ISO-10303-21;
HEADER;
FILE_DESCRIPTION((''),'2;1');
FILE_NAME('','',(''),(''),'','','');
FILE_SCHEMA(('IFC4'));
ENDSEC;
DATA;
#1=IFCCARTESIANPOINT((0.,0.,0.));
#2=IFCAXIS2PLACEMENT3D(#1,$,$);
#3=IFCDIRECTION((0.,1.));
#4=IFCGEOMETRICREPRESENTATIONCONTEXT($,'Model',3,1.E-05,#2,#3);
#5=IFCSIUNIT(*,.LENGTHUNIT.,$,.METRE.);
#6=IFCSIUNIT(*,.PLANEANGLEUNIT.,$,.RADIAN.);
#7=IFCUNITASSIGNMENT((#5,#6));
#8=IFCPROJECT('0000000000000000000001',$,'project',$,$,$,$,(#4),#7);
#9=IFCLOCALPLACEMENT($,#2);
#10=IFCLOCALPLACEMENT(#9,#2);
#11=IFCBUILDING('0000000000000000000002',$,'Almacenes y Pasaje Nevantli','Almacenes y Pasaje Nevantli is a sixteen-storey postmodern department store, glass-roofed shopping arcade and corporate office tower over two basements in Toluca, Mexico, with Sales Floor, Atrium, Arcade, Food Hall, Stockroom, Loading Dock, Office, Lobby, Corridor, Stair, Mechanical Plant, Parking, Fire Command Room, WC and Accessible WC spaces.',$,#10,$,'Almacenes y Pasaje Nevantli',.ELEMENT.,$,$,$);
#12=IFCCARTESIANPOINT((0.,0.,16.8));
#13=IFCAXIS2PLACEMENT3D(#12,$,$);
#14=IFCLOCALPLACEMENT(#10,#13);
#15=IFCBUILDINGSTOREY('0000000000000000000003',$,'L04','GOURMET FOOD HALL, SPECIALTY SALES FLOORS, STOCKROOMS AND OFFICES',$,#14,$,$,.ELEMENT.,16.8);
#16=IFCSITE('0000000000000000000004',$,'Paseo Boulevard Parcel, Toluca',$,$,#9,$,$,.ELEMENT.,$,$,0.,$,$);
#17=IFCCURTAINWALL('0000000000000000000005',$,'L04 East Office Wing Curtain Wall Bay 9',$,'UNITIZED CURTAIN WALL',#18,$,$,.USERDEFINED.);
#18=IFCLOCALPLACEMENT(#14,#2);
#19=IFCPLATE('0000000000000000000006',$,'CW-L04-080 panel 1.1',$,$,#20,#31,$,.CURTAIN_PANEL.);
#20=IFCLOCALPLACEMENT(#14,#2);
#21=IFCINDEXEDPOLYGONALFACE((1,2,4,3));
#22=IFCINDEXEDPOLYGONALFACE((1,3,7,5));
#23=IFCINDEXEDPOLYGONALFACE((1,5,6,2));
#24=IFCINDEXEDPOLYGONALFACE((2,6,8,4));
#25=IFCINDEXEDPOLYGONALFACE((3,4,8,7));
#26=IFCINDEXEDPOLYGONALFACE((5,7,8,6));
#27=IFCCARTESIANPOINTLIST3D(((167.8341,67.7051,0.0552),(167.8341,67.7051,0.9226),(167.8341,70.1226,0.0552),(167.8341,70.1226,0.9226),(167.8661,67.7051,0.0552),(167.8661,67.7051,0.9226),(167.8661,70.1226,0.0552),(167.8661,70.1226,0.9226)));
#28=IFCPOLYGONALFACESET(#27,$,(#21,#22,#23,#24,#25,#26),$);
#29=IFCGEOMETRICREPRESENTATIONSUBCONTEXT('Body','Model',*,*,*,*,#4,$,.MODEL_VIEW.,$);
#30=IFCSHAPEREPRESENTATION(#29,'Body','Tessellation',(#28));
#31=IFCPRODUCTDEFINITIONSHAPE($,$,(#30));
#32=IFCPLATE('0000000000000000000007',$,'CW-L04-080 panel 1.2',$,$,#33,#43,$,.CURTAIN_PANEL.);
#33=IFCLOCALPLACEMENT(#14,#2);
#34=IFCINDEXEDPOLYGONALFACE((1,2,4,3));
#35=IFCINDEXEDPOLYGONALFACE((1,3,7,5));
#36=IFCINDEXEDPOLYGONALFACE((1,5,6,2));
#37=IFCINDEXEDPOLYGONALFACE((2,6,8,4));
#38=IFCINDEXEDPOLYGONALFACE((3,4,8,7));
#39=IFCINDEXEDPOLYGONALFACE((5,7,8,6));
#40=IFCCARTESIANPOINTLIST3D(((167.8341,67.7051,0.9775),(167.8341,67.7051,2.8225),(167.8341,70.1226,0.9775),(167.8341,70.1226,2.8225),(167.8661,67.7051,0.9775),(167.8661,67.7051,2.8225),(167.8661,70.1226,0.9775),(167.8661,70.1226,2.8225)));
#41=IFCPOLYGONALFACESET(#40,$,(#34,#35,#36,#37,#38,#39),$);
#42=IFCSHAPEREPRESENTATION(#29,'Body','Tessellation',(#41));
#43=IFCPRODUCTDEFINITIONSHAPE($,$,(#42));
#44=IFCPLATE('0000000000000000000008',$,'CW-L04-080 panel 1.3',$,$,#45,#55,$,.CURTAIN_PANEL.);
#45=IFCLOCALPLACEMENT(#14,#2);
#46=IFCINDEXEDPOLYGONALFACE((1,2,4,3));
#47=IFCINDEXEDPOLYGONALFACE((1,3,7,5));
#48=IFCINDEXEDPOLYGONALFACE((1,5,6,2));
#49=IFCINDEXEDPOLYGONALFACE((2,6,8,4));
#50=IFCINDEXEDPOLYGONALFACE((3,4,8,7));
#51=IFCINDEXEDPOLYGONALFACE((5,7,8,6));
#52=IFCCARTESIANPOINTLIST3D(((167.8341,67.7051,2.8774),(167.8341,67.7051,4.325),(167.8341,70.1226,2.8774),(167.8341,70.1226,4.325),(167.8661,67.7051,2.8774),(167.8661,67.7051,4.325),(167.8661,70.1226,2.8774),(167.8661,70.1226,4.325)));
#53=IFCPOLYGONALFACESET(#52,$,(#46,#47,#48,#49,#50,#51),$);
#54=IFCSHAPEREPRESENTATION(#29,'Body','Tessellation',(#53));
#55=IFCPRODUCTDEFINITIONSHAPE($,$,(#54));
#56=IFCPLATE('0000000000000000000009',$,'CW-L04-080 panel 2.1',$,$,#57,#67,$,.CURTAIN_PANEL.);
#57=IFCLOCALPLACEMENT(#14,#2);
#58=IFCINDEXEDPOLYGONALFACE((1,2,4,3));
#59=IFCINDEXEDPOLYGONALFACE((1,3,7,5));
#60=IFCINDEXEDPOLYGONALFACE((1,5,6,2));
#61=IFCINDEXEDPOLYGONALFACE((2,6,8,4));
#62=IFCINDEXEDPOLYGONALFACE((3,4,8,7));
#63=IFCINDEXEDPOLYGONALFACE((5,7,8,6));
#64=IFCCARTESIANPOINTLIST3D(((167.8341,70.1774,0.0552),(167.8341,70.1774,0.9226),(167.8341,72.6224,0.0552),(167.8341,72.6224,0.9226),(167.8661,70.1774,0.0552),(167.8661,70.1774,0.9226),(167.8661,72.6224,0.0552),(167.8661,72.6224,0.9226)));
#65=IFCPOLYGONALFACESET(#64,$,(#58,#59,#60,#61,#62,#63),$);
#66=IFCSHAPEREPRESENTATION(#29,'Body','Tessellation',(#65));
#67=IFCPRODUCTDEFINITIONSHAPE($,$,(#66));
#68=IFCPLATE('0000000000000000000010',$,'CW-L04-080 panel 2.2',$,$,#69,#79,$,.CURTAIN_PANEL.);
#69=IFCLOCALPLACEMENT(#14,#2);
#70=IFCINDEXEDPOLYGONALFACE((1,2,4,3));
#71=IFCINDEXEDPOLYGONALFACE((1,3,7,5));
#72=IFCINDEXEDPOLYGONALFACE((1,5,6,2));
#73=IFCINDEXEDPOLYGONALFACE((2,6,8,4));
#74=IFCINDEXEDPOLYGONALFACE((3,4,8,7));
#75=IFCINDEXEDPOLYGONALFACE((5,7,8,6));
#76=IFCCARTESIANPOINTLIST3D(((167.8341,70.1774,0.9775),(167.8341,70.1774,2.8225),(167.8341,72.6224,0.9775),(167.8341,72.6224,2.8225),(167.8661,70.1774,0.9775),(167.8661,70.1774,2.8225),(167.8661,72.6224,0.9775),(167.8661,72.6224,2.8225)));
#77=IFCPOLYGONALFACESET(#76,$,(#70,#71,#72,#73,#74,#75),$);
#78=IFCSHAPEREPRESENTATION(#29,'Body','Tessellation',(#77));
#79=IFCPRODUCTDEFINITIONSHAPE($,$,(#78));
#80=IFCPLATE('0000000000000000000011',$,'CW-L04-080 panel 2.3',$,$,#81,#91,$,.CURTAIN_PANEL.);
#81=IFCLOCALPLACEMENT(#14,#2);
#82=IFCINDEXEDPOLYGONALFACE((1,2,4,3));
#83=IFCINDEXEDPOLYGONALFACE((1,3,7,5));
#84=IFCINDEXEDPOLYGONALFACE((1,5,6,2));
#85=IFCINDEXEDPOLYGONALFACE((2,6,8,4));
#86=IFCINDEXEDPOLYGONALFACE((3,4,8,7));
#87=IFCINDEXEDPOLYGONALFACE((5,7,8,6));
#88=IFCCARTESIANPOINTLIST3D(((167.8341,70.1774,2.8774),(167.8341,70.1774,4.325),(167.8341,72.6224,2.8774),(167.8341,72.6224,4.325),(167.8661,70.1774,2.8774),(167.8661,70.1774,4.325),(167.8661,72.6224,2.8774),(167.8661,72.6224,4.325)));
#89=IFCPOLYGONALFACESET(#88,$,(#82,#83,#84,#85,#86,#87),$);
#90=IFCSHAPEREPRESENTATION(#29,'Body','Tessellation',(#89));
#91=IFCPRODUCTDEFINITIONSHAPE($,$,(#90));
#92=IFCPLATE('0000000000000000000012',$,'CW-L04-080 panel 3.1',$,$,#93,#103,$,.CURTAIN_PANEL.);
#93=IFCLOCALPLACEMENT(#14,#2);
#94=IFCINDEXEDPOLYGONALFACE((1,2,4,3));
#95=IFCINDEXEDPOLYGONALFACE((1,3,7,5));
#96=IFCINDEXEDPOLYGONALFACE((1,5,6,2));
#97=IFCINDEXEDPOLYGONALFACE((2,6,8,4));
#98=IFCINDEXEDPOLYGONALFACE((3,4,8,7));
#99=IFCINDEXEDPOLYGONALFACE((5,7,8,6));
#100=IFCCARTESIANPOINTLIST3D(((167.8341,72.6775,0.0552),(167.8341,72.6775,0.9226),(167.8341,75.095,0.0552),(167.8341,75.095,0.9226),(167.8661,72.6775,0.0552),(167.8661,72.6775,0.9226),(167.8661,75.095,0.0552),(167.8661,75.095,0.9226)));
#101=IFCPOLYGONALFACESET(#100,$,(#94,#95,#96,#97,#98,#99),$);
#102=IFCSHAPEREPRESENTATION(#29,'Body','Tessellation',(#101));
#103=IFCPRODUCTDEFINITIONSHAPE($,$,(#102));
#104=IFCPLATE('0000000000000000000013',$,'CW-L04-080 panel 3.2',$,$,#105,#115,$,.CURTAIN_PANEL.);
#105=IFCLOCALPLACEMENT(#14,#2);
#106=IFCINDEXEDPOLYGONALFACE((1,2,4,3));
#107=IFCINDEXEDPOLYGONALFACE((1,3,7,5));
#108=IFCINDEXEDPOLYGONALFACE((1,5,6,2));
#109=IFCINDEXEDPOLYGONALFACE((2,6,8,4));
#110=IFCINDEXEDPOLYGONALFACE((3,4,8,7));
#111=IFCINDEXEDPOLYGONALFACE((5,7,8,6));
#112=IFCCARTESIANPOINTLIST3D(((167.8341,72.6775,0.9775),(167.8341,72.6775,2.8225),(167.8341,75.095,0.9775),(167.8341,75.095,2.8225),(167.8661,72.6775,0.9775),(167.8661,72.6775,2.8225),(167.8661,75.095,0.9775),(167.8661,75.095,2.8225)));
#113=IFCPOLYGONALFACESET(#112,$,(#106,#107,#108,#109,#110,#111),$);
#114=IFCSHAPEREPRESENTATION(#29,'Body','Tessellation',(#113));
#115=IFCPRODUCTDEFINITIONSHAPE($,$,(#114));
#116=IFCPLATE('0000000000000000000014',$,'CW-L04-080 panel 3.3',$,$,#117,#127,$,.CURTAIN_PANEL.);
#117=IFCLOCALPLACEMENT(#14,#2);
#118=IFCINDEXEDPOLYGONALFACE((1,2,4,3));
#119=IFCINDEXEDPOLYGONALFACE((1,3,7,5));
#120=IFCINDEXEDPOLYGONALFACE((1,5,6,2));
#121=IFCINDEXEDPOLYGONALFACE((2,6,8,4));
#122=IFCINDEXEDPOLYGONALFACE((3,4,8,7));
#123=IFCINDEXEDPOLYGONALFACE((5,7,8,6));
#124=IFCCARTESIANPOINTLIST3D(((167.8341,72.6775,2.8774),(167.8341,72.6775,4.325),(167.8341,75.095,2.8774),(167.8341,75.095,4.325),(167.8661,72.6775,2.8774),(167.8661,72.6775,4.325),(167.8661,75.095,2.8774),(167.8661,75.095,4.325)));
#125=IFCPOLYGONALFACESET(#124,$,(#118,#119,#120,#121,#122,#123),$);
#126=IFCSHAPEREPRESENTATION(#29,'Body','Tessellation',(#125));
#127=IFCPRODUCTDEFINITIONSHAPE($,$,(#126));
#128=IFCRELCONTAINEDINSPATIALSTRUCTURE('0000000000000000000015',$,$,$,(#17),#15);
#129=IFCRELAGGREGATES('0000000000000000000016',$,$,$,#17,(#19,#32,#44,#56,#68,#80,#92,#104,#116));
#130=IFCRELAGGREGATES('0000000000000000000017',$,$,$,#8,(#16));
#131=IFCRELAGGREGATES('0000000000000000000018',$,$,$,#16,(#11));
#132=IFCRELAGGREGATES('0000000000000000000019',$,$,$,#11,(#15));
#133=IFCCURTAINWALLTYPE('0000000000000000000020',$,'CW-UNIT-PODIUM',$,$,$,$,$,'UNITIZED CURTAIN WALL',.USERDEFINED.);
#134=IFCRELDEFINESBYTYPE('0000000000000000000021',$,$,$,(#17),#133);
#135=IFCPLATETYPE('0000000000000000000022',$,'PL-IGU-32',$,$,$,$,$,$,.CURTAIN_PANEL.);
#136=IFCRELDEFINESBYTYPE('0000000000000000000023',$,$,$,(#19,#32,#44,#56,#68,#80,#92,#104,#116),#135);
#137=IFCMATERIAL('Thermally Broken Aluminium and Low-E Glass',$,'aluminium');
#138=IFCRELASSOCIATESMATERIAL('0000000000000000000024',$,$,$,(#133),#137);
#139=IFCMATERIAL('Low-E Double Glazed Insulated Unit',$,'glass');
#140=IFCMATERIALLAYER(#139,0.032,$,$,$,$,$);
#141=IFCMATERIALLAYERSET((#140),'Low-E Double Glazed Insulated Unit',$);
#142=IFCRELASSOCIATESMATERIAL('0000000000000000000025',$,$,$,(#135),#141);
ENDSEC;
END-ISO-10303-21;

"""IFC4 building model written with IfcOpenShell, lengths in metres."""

from ifc_helpers import new_model, si_unit, direction, frame, origin, origin_2d, place, context, subcontext, project, spatial, rectangle, extrude, material, layer, layer_set, type_object, element, aggregate, save


model = new_model("IFC4")

# Units and contexts
model_context = context("Model", 3, precision=1e-05, world=origin(), true_north=direction((0.0, 1.0)))
body_context = subcontext(model_context, "Body", "Model", "MODEL_VIEW")
ifc_project = project(units=[si_unit("LENGTHUNIT", "METRE"), si_unit("PLANEANGLEUNIT", "RADIAN")], contexts=[model_context])

# Site, building, storey
site_placement = place(None, origin())
site = spatial("IfcSite", under=ifc_project, at=site_placement, Name="Paseo Boulevard Parcel, Toluca", CompositionType="ELEMENT", RefElevation=0.0)
building_placement = place(site_placement, origin())
building = spatial("IfcBuilding", under=site, at=building_placement, Name="Almacenes y Pasaje Nevantli", Description="Almacenes y Pasaje Nevantli is a sixteen-storey postmodern department store, glass-roofed shopping arcade and corporate office tower over two basements in Toluca, Mexico, with Sales Floor, Atrium, Arcade, Food Hall, Stockroom, Loading Dock, Office, Lobby, Corridor, Stair, Mechanical Plant, Parking, Fire Command Room, WC and Accessible WC spaces.", LongName="Almacenes y Pasaje Nevantli", CompositionType="ELEMENT")
storey_placement = place(building_placement, frame((0.0, 0.0, 16.8)))
storey = spatial("IfcBuildingStorey", under=building, at=storey_placement, Name="L04", Description="GOURMET FOOD HALL, SPECIALTY SALES FLOORS, STOCKROOMS AND OFFICES", CompositionType="ELEMENT", Elevation=16.8)

# Curtain wall, plates
ifc_material_1 = material(Name="Thermally Broken Aluminium and Low-E Glass", Category="aluminium")
curtain_wall_type = type_object("IfcCurtainWallType", Name="CW-UNIT-PODIUM", ElementType="UNITIZED CURTAIN WALL", PredefinedType="USERDEFINED", material=ifc_material_1)
curtain_wall_placement = place(storey_placement, origin())
curtain_wall = element("IfcCurtainWall", 1, at=curtain_wall_placement, inside=storey, type_object=curtain_wall_type, Name="L04 East Office Wing Curtain Wall Bay 9", ObjectType="UNITIZED CURTAIN WALL", PredefinedType="USERDEFINED")
ifc_material_2 = material(Name="Low-E Double Glazed Insulated Unit", Category="glass")
ifc_layer = layer(ifc_material_2, 0.032)
ifc_layer_set = layer_set([ifc_layer], Name="Low-E Double Glazed Insulated Unit")
plate_type = type_object("IfcPlateType", Name="PL-IGU-32", PredefinedType="CURTAIN_PANEL", material=ifc_layer_set)
plate_1_placement = place(storey_placement, frame((167.8501, 68.9138, 0.0552), z_axis=(0.0, 0.0, 1.0), x_axis=(0.0, 1.0, 0.0)))
plate_1 = element("IfcPlate", 2, at=plate_1_placement, type_object=plate_type, Name="CW-L04-080 panel 1.1", PredefinedType="CURTAIN_PANEL", context=body_context, shape_type="SweptSolid", body=[
    extrude(rectangle(XDim=2.4175, YDim=0.032, at=origin_2d()), origin(), (0.0, 0.0, 1.0), 0.8674),
])
plate_2_placement = place(storey_placement, frame((167.8501, 68.9138, 0.9775), z_axis=(0.0, 0.0, 1.0), x_axis=(0.0, 1.0, 0.0)))
plate_2 = element("IfcPlate", 3, at=plate_2_placement, type_object=plate_type, Name="CW-L04-080 panel 1.2", PredefinedType="CURTAIN_PANEL", context=body_context, shape_type="SweptSolid", body=[
    extrude(rectangle(XDim=2.4175, YDim=0.032, at=origin_2d()), origin(), (0.0, 0.0, 1.0), 1.845),
])
plate_3_placement = place(storey_placement, frame((167.8501, 68.9138, 2.8774), z_axis=(0.0, 0.0, 1.0), x_axis=(0.0, 1.0, 0.0)))
plate_3 = element("IfcPlate", 4, at=plate_3_placement, type_object=plate_type, Name="CW-L04-080 panel 1.3", PredefinedType="CURTAIN_PANEL", context=body_context, shape_type="SweptSolid", body=[
    extrude(rectangle(XDim=2.4175, YDim=0.032, at=origin_2d()), origin(), (0.0, 0.0, 1.0), 1.4475),
])
plate_4_placement = place(storey_placement, frame((167.8501, 71.3999, 0.0552), z_axis=(0.0, 0.0, 1.0), x_axis=(0.0, 1.0, 0.0)))
plate_4 = element("IfcPlate", 5, at=plate_4_placement, type_object=plate_type, Name="CW-L04-080 panel 2.1", PredefinedType="CURTAIN_PANEL", context=body_context, shape_type="SweptSolid", body=[
    extrude(rectangle(XDim=2.4451, YDim=0.032, at=origin_2d()), origin(), (0.0, 0.0, 1.0), 0.8674),
])
plate_5_placement = place(storey_placement, frame((167.8501, 71.3999, 0.9775), z_axis=(0.0, 0.0, 1.0), x_axis=(0.0, 1.0, 0.0)))
plate_5 = element("IfcPlate", 6, at=plate_5_placement, type_object=plate_type, Name="CW-L04-080 panel 2.2", PredefinedType="CURTAIN_PANEL", context=body_context, shape_type="SweptSolid", body=[
    extrude(rectangle(XDim=2.4451, YDim=0.032, at=origin_2d()), origin(), (0.0, 0.0, 1.0), 1.845),
])
plate_6_placement = place(storey_placement, frame((167.8501, 71.3999, 2.8774), z_axis=(0.0, 0.0, 1.0), x_axis=(0.0, 1.0, 0.0)))
plate_6 = element("IfcPlate", 7, at=plate_6_placement, type_object=plate_type, Name="CW-L04-080 panel 2.3", PredefinedType="CURTAIN_PANEL", context=body_context, shape_type="SweptSolid", body=[
    extrude(rectangle(XDim=2.4451, YDim=0.032, at=origin_2d()), origin(), (0.0, 0.0, 1.0), 1.4475),
])
plate_7_placement = place(storey_placement, frame((167.8501, 73.8862, 0.0552), z_axis=(0.0, 0.0, 1.0), x_axis=(0.0, 1.0, 0.0)))
plate_7 = element("IfcPlate", 8, at=plate_7_placement, type_object=plate_type, Name="CW-L04-080 panel 3.1", PredefinedType="CURTAIN_PANEL", context=body_context, shape_type="SweptSolid", body=[
    extrude(rectangle(XDim=2.4175, YDim=0.032, at=origin_2d()), origin(), (0.0, 0.0, 1.0), 0.8674),
])
plate_8_placement = place(storey_placement, frame((167.8501, 73.8862, 0.9775), z_axis=(0.0, 0.0, 1.0), x_axis=(0.0, 1.0, 0.0)))
plate_8 = element("IfcPlate", 9, at=plate_8_placement, type_object=plate_type, Name="CW-L04-080 panel 3.2", PredefinedType="CURTAIN_PANEL", context=body_context, shape_type="SweptSolid", body=[
    extrude(rectangle(XDim=2.4175, YDim=0.032, at=origin_2d()), origin(), (0.0, 0.0, 1.0), 1.845),
])
plate_9_placement = place(storey_placement, frame((167.8501, 73.8862, 2.8774), z_axis=(0.0, 0.0, 1.0), x_axis=(0.0, 1.0, 0.0)))
plate_9 = element("IfcPlate", 10, at=plate_9_placement, type_object=plate_type, Name="CW-L04-080 panel 3.3", PredefinedType="CURTAIN_PANEL", context=body_context, shape_type="SweptSolid", body=[
    extrude(rectangle(XDim=2.4175, YDim=0.032, at=origin_2d()), origin(), (0.0, 0.0, 1.0), 1.4475),
])
aggregate(curtain_wall, [plate_1, plate_2, plate_3, plate_4, plate_5, plate_6, plate_7, plate_8, plate_9])

save(model, "model.ifc")
